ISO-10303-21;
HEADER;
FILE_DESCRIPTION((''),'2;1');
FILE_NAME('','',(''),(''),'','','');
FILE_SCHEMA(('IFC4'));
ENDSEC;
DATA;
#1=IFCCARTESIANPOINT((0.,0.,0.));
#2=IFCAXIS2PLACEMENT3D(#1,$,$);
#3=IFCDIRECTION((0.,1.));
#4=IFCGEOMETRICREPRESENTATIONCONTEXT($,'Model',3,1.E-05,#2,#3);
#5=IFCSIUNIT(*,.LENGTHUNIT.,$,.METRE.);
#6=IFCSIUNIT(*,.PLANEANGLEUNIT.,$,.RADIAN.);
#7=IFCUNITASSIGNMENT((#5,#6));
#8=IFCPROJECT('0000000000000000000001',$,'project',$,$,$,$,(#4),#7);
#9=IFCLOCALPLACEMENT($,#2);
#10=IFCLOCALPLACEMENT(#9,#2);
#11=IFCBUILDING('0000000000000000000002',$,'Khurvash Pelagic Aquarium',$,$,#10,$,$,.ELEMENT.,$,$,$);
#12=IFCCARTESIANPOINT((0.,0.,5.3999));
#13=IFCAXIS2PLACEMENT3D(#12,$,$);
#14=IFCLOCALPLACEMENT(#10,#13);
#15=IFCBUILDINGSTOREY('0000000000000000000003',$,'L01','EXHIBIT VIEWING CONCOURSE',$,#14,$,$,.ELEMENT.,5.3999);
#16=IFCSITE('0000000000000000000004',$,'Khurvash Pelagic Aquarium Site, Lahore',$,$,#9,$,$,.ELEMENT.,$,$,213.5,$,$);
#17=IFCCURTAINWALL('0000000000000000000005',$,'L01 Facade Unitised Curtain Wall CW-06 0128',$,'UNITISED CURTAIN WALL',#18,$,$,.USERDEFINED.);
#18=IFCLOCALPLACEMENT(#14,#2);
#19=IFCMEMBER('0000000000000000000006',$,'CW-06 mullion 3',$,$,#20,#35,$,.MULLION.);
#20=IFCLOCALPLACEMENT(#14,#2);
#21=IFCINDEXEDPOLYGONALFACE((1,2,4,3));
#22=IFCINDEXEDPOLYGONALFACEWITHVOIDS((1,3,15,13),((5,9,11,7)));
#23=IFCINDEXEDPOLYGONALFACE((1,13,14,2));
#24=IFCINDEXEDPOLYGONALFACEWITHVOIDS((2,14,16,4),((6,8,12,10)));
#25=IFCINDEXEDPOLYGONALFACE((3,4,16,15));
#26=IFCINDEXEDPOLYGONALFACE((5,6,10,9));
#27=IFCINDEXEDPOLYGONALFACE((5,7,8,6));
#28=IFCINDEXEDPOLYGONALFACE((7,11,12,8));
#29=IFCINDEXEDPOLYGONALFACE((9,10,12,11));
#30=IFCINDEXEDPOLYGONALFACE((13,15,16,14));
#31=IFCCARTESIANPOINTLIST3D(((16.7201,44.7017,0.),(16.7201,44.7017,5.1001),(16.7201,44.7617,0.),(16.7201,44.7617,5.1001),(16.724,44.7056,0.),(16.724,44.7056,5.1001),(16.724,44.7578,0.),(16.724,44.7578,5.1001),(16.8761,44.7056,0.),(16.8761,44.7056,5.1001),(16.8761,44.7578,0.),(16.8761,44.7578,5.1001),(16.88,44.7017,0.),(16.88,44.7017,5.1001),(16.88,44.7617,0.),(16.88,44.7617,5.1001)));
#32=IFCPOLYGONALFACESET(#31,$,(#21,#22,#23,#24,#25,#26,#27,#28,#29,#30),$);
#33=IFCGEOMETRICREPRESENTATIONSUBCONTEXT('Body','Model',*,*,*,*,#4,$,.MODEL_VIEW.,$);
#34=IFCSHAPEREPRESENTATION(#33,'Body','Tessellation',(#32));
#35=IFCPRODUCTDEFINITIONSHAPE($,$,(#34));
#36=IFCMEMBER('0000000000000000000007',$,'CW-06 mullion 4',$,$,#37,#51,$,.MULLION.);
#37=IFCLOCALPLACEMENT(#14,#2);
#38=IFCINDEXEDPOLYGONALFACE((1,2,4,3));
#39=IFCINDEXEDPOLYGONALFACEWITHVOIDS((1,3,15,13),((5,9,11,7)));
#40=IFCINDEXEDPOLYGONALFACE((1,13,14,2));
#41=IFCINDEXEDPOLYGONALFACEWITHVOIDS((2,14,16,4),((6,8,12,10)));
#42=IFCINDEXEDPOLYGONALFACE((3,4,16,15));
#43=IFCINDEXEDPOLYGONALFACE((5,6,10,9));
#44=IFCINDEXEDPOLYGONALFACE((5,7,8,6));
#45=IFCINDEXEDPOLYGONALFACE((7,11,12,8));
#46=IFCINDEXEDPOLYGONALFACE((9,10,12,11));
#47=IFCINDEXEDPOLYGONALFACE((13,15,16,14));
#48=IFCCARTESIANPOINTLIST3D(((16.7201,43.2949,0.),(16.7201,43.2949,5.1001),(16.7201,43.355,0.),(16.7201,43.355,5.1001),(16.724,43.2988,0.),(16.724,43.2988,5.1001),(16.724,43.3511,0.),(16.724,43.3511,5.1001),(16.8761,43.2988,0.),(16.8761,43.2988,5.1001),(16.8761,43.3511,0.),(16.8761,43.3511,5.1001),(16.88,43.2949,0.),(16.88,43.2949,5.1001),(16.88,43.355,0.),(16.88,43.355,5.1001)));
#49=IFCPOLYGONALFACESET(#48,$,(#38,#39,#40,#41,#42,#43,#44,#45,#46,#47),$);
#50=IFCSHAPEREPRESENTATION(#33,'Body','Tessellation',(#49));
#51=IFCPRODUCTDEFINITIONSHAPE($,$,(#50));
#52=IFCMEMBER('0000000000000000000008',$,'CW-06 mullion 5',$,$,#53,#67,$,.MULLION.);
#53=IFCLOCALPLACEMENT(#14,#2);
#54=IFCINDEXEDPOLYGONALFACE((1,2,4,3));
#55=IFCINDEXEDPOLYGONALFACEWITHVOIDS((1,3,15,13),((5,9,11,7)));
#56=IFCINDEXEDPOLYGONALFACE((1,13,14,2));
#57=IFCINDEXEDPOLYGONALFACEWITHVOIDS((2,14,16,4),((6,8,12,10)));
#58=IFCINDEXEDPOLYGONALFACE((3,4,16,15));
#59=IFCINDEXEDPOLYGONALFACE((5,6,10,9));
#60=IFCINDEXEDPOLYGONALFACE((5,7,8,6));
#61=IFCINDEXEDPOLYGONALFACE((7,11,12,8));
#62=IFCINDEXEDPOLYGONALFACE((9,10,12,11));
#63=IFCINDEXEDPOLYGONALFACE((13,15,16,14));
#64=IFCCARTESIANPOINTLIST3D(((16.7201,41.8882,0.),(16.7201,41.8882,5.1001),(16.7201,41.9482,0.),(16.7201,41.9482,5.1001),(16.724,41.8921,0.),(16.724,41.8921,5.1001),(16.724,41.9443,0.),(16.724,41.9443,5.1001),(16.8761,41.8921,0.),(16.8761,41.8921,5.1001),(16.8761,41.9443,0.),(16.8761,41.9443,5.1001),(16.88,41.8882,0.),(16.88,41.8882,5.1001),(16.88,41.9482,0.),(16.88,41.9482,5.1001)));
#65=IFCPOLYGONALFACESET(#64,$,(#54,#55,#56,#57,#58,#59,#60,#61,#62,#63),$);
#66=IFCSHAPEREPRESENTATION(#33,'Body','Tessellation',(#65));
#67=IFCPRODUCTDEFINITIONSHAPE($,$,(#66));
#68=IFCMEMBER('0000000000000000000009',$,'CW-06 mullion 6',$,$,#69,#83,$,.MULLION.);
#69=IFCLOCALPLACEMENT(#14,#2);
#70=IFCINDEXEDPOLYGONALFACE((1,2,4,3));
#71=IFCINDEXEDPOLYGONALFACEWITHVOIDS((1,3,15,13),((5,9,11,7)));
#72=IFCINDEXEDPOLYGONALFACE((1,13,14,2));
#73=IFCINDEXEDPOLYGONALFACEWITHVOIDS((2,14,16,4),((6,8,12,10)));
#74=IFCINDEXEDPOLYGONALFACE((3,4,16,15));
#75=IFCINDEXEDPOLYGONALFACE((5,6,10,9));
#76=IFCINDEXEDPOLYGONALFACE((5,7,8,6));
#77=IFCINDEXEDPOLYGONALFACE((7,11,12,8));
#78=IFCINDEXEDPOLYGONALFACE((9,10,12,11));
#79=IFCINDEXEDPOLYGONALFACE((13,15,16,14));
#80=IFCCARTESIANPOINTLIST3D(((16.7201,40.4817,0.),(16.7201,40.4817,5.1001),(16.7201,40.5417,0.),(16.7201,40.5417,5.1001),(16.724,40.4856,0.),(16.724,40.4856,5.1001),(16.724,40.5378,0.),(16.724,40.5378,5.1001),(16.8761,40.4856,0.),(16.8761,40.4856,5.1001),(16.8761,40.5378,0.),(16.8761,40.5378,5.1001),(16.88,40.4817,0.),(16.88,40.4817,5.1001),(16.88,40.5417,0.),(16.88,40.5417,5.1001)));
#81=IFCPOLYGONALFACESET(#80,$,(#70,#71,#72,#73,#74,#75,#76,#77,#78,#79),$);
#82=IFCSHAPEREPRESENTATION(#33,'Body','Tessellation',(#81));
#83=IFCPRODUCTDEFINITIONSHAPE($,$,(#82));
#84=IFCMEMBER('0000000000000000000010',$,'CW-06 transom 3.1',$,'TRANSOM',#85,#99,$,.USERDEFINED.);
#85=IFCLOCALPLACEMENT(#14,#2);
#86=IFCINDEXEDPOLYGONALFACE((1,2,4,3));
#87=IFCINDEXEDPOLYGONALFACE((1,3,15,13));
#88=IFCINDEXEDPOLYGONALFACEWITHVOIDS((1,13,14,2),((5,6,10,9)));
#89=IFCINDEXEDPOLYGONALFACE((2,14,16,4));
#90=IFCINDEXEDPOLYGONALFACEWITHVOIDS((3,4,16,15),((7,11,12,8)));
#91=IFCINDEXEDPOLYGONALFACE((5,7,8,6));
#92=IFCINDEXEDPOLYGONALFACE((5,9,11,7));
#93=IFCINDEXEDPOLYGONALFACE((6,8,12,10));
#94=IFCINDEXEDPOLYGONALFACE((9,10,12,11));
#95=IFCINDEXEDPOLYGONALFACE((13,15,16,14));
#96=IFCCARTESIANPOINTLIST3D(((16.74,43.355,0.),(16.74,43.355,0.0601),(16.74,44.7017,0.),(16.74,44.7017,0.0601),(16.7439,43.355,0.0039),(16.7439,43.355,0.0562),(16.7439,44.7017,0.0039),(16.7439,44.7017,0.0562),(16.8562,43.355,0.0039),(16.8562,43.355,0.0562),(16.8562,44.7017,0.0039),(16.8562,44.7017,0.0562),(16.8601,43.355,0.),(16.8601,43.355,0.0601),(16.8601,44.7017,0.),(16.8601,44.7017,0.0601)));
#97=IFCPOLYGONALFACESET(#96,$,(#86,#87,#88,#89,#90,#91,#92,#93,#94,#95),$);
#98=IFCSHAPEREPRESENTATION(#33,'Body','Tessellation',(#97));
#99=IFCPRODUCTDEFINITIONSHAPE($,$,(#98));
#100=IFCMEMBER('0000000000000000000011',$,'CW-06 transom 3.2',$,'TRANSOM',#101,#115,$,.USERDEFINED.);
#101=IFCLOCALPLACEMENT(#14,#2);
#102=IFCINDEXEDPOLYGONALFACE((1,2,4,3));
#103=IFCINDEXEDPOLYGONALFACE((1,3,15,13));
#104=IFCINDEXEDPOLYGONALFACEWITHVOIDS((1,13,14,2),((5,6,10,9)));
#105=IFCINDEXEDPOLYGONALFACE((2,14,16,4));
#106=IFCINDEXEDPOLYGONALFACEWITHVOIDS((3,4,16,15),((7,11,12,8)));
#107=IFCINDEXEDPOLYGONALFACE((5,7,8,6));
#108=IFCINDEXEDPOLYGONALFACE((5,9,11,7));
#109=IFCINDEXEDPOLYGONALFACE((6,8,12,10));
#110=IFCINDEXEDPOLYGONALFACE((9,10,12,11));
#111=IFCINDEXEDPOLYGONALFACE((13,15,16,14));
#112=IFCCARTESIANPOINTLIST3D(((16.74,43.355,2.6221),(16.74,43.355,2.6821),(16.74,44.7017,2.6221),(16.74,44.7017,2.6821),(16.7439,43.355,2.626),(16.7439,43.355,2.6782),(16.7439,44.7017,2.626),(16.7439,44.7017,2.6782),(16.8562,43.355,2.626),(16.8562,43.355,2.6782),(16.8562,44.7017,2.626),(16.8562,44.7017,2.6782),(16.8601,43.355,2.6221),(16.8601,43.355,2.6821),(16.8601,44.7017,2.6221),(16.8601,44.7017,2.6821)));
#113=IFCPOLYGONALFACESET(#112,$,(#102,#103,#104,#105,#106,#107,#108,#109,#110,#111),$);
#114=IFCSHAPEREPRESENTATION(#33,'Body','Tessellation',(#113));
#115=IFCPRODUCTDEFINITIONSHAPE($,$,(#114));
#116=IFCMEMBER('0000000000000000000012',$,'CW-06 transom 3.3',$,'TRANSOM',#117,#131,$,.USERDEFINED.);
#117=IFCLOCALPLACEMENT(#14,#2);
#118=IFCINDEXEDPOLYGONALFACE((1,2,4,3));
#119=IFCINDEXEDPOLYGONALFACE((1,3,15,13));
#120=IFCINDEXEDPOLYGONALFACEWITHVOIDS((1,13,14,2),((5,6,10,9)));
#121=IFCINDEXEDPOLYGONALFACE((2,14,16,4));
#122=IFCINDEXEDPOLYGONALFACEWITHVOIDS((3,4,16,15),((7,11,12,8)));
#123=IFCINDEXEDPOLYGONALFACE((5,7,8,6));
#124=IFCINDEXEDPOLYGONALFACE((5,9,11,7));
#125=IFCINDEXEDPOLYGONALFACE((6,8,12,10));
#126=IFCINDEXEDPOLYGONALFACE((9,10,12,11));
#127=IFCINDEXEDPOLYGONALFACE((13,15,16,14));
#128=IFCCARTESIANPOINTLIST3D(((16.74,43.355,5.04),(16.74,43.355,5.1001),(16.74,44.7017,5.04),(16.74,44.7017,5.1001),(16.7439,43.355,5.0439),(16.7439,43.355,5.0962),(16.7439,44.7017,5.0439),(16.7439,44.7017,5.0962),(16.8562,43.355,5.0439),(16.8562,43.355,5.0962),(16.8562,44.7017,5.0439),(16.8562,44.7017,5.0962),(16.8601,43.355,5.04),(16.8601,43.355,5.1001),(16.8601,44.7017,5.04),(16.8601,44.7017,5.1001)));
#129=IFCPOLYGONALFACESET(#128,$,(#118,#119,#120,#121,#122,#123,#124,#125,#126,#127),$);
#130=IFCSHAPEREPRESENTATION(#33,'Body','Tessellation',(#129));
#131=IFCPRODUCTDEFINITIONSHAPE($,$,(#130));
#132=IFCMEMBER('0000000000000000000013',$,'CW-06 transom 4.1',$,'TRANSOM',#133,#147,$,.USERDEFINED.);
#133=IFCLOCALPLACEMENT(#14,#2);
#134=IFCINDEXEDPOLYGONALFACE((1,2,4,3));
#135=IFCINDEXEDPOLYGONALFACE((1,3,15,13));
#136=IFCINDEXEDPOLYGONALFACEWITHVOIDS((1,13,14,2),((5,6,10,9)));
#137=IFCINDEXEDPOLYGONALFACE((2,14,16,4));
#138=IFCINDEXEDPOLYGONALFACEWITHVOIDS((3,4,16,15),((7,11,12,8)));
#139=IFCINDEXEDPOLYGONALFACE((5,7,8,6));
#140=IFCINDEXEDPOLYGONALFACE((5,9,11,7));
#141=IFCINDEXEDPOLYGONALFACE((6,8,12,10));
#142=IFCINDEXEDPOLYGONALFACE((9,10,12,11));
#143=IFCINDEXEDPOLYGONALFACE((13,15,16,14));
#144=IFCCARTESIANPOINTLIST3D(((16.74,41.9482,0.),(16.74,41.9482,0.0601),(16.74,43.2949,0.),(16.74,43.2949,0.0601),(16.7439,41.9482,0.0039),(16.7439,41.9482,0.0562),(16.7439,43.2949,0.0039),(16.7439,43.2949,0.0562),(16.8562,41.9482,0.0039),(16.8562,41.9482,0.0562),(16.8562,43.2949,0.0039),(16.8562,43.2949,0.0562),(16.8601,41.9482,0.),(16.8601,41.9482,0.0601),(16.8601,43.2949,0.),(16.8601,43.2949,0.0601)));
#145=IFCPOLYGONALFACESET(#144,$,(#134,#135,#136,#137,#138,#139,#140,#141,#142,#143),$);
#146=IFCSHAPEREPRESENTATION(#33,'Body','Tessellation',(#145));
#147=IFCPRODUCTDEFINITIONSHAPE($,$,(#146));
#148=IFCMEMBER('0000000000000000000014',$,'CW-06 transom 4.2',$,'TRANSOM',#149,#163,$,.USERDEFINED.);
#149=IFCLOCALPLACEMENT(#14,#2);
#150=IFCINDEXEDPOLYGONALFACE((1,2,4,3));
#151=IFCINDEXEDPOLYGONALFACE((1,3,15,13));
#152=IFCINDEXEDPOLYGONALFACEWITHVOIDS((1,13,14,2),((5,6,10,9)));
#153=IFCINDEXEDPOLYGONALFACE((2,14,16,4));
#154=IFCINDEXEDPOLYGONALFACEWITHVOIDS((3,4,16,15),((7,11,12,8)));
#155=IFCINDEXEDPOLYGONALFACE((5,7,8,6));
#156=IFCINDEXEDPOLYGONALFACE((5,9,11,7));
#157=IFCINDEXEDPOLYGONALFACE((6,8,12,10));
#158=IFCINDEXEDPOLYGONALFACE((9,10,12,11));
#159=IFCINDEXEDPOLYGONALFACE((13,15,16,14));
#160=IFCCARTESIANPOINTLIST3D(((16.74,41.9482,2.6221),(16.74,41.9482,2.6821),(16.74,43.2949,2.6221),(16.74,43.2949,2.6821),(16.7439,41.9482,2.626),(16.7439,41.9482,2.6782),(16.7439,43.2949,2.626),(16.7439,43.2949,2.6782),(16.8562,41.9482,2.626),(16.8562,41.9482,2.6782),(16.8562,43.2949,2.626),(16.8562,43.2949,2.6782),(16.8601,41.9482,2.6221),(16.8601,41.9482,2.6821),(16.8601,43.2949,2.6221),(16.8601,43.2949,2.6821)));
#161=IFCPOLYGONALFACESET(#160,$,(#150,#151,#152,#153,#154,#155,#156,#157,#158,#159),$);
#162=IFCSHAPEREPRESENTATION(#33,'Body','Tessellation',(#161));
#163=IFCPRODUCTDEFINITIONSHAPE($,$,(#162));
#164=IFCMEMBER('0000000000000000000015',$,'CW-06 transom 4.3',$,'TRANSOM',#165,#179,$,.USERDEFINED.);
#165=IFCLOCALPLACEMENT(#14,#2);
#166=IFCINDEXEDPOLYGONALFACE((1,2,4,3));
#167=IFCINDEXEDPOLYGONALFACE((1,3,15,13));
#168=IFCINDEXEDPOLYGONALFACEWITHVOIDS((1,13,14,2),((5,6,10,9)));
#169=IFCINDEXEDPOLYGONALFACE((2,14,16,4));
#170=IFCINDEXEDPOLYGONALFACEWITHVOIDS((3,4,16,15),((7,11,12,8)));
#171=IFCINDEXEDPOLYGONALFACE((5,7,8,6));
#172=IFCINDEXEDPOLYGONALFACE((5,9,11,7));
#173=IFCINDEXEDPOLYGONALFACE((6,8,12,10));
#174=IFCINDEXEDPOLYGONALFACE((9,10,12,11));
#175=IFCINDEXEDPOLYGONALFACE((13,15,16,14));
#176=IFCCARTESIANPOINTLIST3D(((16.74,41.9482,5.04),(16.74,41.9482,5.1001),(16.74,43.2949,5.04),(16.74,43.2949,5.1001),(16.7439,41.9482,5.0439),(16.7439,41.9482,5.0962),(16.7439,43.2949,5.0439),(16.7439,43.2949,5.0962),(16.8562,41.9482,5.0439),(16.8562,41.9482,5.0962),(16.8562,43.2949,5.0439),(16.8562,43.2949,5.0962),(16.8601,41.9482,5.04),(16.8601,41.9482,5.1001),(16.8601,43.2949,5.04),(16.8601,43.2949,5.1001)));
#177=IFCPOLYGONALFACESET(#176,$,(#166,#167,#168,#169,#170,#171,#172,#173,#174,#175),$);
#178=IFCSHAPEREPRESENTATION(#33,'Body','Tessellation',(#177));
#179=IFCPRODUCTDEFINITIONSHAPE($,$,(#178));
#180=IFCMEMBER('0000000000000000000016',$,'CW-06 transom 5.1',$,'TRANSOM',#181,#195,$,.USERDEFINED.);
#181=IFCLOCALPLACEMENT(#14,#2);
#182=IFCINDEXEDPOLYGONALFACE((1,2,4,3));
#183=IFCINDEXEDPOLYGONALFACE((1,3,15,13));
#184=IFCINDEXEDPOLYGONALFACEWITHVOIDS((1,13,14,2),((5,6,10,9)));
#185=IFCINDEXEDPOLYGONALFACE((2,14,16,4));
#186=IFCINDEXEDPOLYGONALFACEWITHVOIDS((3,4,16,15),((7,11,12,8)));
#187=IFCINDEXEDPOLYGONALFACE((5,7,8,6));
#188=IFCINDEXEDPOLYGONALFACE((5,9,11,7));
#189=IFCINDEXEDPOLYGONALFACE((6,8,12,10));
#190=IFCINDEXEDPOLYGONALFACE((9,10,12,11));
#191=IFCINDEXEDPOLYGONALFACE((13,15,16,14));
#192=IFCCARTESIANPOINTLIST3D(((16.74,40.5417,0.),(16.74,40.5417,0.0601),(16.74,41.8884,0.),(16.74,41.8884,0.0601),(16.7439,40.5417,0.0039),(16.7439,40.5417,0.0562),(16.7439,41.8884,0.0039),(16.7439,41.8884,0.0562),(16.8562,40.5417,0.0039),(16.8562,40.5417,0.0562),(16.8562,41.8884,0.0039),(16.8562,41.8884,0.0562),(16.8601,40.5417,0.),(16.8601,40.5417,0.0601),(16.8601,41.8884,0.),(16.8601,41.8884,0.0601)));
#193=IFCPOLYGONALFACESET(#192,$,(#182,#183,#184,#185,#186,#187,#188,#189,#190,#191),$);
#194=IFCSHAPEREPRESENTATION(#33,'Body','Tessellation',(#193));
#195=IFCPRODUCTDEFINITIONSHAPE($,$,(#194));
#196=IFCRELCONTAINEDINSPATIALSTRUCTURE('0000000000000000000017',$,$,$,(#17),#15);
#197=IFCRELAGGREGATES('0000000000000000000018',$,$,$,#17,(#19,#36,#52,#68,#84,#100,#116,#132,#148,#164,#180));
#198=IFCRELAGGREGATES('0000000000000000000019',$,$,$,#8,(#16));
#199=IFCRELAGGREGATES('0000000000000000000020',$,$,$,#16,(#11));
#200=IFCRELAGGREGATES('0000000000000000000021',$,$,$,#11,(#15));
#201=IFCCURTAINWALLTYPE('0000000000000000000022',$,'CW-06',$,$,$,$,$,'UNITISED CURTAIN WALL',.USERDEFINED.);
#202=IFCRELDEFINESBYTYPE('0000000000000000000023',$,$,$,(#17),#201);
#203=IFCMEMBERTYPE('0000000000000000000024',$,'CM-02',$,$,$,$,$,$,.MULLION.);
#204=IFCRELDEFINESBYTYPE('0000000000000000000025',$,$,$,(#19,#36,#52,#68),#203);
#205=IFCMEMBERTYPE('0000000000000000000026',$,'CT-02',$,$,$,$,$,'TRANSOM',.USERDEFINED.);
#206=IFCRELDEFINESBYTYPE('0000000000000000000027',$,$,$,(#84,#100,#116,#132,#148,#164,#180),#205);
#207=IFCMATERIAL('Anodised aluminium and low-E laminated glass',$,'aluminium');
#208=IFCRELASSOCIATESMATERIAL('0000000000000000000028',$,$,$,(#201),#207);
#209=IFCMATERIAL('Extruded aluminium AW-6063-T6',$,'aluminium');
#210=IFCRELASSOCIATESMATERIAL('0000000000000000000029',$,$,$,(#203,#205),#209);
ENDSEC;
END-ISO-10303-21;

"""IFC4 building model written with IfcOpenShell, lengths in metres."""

from ifc_helpers import new_model, si_unit, direction, frame, origin, origin_2d, place, context, subcontext, project, spatial, hollow_rectangle, extrude, material, material_profile, profile_set, type_object, element, aggregate, save


model = new_model("IFC4")

# Units and contexts
model_context = context("Model", 3, precision=1e-05, world=origin(), true_north=direction((0.0, 1.0)))
body_context = subcontext(model_context, "Body", "Model", "MODEL_VIEW")
ifc_project = project(units=[si_unit("LENGTHUNIT", "METRE"), si_unit("PLANEANGLEUNIT", "RADIAN")], contexts=[model_context])

# Site, building, storey
site_placement = place(None, origin())
site = spatial("IfcSite", under=ifc_project, at=site_placement, Name="Khurvash Pelagic Aquarium Site, Lahore", CompositionType="ELEMENT", RefElevation=213.5)
building_placement = place(site_placement, origin())
building = spatial("IfcBuilding", under=site, at=building_placement, Name="Khurvash Pelagic Aquarium", CompositionType="ELEMENT")
storey_placement = place(building_placement, frame((0.0, 0.0, 5.3999)))
storey = spatial("IfcBuildingStorey", under=building, at=storey_placement, Name="L01", Description="EXHIBIT VIEWING CONCOURSE", CompositionType="ELEMENT", Elevation=5.3999)

# Curtain wall, members
ifc_material_1 = material(Name="Anodised aluminium and low-E laminated glass", Category="aluminium")
curtain_wall_type = type_object("IfcCurtainWallType", Name="CW-06", ElementType="UNITISED CURTAIN WALL", PredefinedType="USERDEFINED", material=ifc_material_1)
curtain_wall_placement = place(storey_placement, origin())
curtain_wall = element("IfcCurtainWall", 1, at=curtain_wall_placement, inside=storey, type_object=curtain_wall_type, Name="L01 Facade Unitised Curtain Wall CW-06 0128", ObjectType="UNITISED CURTAIN WALL", PredefinedType="USERDEFINED")
ifc_material_2 = material(Name="Extruded aluminium AW-6063-T6", Category="aluminium")
ifc_material_profile_1 = material_profile(ifc_material_2, hollow_rectangle(XDim=0.0601, YDim=0.1599, WallThickness=0.0039, at=origin_2d()), Name="CWM60X160X4")
ifc_profile_set_1 = profile_set([ifc_material_profile_1], Name="Extruded aluminium AW-6063-T6")
member_type_1 = type_object("IfcMemberType", Name="CM-02", PredefinedType="MULLION", material=ifc_profile_set_1)
member_1_placement = place(storey_placement, frame((16.8, 44.7317, 0.0), z_axis=(0.0, 0.0, 1.0), x_axis=(0.0, -1.0, 0.0)))
member_1 = element("IfcMember", 2, at=member_1_placement, type_object=member_type_1, Name="CW-06 mullion 3", PredefinedType="MULLION", context=body_context, shape_type="SweptSolid", body=[
    extrude(hollow_rectangle(XDim=0.0601, YDim=0.1599, WallThickness=0.0039, at=origin_2d()), origin(), (0.0, 0.0, 1.0), 5.1001),
])
member_2_placement = place(storey_placement, frame((16.8, 43.325, 0.0), z_axis=(0.0, 0.0, 1.0), x_axis=(0.0, -1.0, 0.0)))
member_2 = element("IfcMember", 3, at=member_2_placement, type_object=member_type_1, Name="CW-06 mullion 4", PredefinedType="MULLION", context=body_context, shape_type="SweptSolid", body=[
    extrude(hollow_rectangle(XDim=0.0601, YDim=0.1599, WallThickness=0.0039, at=origin_2d()), origin(), (0.0, 0.0, 1.0), 5.1001),
])
member_3_placement = place(storey_placement, frame((16.8, 41.9182, 0.0), z_axis=(0.0, 0.0, 1.0), x_axis=(0.0, -1.0, 0.0)))
member_3 = element("IfcMember", 4, at=member_3_placement, type_object=member_type_1, Name="CW-06 mullion 5", PredefinedType="MULLION", context=body_context, shape_type="SweptSolid", body=[
    extrude(hollow_rectangle(XDim=0.0601, YDim=0.1599, WallThickness=0.0039, at=origin_2d()), origin(), (0.0, 0.0, 1.0), 5.1001),
])
member_4_placement = place(storey_placement, frame((16.8, 40.5117, 0.0), z_axis=(0.0, 0.0, 1.0), x_axis=(0.0, -1.0, 0.0)))
member_4 = element("IfcMember", 5, at=member_4_placement, type_object=member_type_1, Name="CW-06 mullion 6", PredefinedType="MULLION", context=body_context, shape_type="SweptSolid", body=[
    extrude(hollow_rectangle(XDim=0.0601, YDim=0.1599, WallThickness=0.0039, at=origin_2d()), origin(), (0.0, 0.0, 1.0), 5.1001),
])
ifc_material_profile_2 = material_profile(ifc_material_2, hollow_rectangle(XDim=0.1201, YDim=0.0601, WallThickness=0.0039, at=origin_2d()), Name="CWT120X60X4")
ifc_profile_set_2 = profile_set([ifc_material_profile_2], Name="Extruded aluminium AW-6063-T6")
member_type_2 = type_object("IfcMemberType", Name="CT-02", ElementType="TRANSOM", PredefinedType="USERDEFINED", material=ifc_profile_set_2)
member_5_placement = place(storey_placement, frame((16.8, 44.7017, 0.03), z_axis=(0.0, -1.0, 0.0), x_axis=(1.0, 0.0, 0.0)))
member_5 = element("IfcMember", 6, at=member_5_placement, type_object=member_type_2, Name="CW-06 transom 3.1", ObjectType="TRANSOM", PredefinedType="USERDEFINED", context=body_context, shape_type="SweptSolid", body=[
    extrude(hollow_rectangle(XDim=0.1201, YDim=0.0601, WallThickness=0.0039, at=origin_2d()), origin(), (0.0, 0.0, 1.0), 1.3467),
])
member_6_placement = place(storey_placement, frame((16.8, 44.7017, 2.6521), z_axis=(0.0, -1.0, 0.0), x_axis=(1.0, 0.0, 0.0)))
member_6 = element("IfcMember", 7, at=member_6_placement, type_object=member_type_2, Name="CW-06 transom 3.2", ObjectType="TRANSOM", PredefinedType="USERDEFINED", context=body_context, shape_type="SweptSolid", body=[
    extrude(hollow_rectangle(XDim=0.1201, YDim=0.0601, WallThickness=0.0039, at=origin_2d()), origin(), (0.0, 0.0, 1.0), 1.3467),
])
member_7_placement = place(storey_placement, frame((16.8, 44.7017, 5.0701), z_axis=(0.0, -1.0, 0.0), x_axis=(1.0, 0.0, 0.0)))
member_7 = element("IfcMember", 8, at=member_7_placement, type_object=member_type_2, Name="CW-06 transom 3.3", ObjectType="TRANSOM", PredefinedType="USERDEFINED", context=body_context, shape_type="SweptSolid", body=[
    extrude(hollow_rectangle(XDim=0.1201, YDim=0.0601, WallThickness=0.0039, at=origin_2d()), origin(), (0.0, 0.0, 1.0), 1.3467),
])
member_8_placement = place(storey_placement, frame((16.8, 43.2949, 0.03), z_axis=(0.0, -1.0, 0.0), x_axis=(1.0, 0.0, 0.0)))
member_8 = element("IfcMember", 9, at=member_8_placement, type_object=member_type_2, Name="CW-06 transom 4.1", ObjectType="TRANSOM", PredefinedType="USERDEFINED", context=body_context, shape_type="SweptSolid", body=[
    extrude(hollow_rectangle(XDim=0.1201, YDim=0.0601, WallThickness=0.0039, at=origin_2d()), origin(), (0.0, 0.0, 1.0), 1.3467),
])
member_9_placement = place(storey_placement, frame((16.8, 43.2949, 2.6521), z_axis=(0.0, -1.0, 0.0), x_axis=(1.0, 0.0, 0.0)))
member_9 = element("IfcMember", 10, at=member_9_placement, type_object=member_type_2, Name="CW-06 transom 4.2", ObjectType="TRANSOM", PredefinedType="USERDEFINED", context=body_context, shape_type="SweptSolid", body=[
    extrude(hollow_rectangle(XDim=0.1201, YDim=0.0601, WallThickness=0.0039, at=origin_2d()), origin(), (0.0, 0.0, 1.0), 1.3467),
])
member_10_placement = place(storey_placement, frame((16.8, 43.2949, 5.0701), z_axis=(0.0, -1.0, 0.0), x_axis=(1.0, 0.0, 0.0)))
member_10 = element("IfcMember", 11, at=member_10_placement, type_object=member_type_2, Name="CW-06 transom 4.3", ObjectType="TRANSOM", PredefinedType="USERDEFINED", context=body_context, shape_type="SweptSolid", body=[
    extrude(hollow_rectangle(XDim=0.1201, YDim=0.0601, WallThickness=0.0039, at=origin_2d()), origin(), (0.0, 0.0, 1.0), 1.3467),
])
member_11_placement = place(storey_placement, frame((16.8, 41.8884, 0.03), z_axis=(0.0, -1.0, 0.0), x_axis=(1.0, 0.0, 0.0)))
member_11 = element("IfcMember", 12, at=member_11_placement, type_object=member_type_2, Name="CW-06 transom 5.1", ObjectType="TRANSOM", PredefinedType="USERDEFINED", context=body_context, shape_type="SweptSolid", body=[
    extrude(hollow_rectangle(XDim=0.1201, YDim=0.0601, WallThickness=0.0039, at=origin_2d()), origin(), (0.0, 0.0, 1.0), 1.3467),
])

aggregate(curtain_wall, [member_1, member_2, member_3, member_4, member_5, member_6, member_7, member_8, member_9, member_10, member_11])

save(model, "model.ifc")
